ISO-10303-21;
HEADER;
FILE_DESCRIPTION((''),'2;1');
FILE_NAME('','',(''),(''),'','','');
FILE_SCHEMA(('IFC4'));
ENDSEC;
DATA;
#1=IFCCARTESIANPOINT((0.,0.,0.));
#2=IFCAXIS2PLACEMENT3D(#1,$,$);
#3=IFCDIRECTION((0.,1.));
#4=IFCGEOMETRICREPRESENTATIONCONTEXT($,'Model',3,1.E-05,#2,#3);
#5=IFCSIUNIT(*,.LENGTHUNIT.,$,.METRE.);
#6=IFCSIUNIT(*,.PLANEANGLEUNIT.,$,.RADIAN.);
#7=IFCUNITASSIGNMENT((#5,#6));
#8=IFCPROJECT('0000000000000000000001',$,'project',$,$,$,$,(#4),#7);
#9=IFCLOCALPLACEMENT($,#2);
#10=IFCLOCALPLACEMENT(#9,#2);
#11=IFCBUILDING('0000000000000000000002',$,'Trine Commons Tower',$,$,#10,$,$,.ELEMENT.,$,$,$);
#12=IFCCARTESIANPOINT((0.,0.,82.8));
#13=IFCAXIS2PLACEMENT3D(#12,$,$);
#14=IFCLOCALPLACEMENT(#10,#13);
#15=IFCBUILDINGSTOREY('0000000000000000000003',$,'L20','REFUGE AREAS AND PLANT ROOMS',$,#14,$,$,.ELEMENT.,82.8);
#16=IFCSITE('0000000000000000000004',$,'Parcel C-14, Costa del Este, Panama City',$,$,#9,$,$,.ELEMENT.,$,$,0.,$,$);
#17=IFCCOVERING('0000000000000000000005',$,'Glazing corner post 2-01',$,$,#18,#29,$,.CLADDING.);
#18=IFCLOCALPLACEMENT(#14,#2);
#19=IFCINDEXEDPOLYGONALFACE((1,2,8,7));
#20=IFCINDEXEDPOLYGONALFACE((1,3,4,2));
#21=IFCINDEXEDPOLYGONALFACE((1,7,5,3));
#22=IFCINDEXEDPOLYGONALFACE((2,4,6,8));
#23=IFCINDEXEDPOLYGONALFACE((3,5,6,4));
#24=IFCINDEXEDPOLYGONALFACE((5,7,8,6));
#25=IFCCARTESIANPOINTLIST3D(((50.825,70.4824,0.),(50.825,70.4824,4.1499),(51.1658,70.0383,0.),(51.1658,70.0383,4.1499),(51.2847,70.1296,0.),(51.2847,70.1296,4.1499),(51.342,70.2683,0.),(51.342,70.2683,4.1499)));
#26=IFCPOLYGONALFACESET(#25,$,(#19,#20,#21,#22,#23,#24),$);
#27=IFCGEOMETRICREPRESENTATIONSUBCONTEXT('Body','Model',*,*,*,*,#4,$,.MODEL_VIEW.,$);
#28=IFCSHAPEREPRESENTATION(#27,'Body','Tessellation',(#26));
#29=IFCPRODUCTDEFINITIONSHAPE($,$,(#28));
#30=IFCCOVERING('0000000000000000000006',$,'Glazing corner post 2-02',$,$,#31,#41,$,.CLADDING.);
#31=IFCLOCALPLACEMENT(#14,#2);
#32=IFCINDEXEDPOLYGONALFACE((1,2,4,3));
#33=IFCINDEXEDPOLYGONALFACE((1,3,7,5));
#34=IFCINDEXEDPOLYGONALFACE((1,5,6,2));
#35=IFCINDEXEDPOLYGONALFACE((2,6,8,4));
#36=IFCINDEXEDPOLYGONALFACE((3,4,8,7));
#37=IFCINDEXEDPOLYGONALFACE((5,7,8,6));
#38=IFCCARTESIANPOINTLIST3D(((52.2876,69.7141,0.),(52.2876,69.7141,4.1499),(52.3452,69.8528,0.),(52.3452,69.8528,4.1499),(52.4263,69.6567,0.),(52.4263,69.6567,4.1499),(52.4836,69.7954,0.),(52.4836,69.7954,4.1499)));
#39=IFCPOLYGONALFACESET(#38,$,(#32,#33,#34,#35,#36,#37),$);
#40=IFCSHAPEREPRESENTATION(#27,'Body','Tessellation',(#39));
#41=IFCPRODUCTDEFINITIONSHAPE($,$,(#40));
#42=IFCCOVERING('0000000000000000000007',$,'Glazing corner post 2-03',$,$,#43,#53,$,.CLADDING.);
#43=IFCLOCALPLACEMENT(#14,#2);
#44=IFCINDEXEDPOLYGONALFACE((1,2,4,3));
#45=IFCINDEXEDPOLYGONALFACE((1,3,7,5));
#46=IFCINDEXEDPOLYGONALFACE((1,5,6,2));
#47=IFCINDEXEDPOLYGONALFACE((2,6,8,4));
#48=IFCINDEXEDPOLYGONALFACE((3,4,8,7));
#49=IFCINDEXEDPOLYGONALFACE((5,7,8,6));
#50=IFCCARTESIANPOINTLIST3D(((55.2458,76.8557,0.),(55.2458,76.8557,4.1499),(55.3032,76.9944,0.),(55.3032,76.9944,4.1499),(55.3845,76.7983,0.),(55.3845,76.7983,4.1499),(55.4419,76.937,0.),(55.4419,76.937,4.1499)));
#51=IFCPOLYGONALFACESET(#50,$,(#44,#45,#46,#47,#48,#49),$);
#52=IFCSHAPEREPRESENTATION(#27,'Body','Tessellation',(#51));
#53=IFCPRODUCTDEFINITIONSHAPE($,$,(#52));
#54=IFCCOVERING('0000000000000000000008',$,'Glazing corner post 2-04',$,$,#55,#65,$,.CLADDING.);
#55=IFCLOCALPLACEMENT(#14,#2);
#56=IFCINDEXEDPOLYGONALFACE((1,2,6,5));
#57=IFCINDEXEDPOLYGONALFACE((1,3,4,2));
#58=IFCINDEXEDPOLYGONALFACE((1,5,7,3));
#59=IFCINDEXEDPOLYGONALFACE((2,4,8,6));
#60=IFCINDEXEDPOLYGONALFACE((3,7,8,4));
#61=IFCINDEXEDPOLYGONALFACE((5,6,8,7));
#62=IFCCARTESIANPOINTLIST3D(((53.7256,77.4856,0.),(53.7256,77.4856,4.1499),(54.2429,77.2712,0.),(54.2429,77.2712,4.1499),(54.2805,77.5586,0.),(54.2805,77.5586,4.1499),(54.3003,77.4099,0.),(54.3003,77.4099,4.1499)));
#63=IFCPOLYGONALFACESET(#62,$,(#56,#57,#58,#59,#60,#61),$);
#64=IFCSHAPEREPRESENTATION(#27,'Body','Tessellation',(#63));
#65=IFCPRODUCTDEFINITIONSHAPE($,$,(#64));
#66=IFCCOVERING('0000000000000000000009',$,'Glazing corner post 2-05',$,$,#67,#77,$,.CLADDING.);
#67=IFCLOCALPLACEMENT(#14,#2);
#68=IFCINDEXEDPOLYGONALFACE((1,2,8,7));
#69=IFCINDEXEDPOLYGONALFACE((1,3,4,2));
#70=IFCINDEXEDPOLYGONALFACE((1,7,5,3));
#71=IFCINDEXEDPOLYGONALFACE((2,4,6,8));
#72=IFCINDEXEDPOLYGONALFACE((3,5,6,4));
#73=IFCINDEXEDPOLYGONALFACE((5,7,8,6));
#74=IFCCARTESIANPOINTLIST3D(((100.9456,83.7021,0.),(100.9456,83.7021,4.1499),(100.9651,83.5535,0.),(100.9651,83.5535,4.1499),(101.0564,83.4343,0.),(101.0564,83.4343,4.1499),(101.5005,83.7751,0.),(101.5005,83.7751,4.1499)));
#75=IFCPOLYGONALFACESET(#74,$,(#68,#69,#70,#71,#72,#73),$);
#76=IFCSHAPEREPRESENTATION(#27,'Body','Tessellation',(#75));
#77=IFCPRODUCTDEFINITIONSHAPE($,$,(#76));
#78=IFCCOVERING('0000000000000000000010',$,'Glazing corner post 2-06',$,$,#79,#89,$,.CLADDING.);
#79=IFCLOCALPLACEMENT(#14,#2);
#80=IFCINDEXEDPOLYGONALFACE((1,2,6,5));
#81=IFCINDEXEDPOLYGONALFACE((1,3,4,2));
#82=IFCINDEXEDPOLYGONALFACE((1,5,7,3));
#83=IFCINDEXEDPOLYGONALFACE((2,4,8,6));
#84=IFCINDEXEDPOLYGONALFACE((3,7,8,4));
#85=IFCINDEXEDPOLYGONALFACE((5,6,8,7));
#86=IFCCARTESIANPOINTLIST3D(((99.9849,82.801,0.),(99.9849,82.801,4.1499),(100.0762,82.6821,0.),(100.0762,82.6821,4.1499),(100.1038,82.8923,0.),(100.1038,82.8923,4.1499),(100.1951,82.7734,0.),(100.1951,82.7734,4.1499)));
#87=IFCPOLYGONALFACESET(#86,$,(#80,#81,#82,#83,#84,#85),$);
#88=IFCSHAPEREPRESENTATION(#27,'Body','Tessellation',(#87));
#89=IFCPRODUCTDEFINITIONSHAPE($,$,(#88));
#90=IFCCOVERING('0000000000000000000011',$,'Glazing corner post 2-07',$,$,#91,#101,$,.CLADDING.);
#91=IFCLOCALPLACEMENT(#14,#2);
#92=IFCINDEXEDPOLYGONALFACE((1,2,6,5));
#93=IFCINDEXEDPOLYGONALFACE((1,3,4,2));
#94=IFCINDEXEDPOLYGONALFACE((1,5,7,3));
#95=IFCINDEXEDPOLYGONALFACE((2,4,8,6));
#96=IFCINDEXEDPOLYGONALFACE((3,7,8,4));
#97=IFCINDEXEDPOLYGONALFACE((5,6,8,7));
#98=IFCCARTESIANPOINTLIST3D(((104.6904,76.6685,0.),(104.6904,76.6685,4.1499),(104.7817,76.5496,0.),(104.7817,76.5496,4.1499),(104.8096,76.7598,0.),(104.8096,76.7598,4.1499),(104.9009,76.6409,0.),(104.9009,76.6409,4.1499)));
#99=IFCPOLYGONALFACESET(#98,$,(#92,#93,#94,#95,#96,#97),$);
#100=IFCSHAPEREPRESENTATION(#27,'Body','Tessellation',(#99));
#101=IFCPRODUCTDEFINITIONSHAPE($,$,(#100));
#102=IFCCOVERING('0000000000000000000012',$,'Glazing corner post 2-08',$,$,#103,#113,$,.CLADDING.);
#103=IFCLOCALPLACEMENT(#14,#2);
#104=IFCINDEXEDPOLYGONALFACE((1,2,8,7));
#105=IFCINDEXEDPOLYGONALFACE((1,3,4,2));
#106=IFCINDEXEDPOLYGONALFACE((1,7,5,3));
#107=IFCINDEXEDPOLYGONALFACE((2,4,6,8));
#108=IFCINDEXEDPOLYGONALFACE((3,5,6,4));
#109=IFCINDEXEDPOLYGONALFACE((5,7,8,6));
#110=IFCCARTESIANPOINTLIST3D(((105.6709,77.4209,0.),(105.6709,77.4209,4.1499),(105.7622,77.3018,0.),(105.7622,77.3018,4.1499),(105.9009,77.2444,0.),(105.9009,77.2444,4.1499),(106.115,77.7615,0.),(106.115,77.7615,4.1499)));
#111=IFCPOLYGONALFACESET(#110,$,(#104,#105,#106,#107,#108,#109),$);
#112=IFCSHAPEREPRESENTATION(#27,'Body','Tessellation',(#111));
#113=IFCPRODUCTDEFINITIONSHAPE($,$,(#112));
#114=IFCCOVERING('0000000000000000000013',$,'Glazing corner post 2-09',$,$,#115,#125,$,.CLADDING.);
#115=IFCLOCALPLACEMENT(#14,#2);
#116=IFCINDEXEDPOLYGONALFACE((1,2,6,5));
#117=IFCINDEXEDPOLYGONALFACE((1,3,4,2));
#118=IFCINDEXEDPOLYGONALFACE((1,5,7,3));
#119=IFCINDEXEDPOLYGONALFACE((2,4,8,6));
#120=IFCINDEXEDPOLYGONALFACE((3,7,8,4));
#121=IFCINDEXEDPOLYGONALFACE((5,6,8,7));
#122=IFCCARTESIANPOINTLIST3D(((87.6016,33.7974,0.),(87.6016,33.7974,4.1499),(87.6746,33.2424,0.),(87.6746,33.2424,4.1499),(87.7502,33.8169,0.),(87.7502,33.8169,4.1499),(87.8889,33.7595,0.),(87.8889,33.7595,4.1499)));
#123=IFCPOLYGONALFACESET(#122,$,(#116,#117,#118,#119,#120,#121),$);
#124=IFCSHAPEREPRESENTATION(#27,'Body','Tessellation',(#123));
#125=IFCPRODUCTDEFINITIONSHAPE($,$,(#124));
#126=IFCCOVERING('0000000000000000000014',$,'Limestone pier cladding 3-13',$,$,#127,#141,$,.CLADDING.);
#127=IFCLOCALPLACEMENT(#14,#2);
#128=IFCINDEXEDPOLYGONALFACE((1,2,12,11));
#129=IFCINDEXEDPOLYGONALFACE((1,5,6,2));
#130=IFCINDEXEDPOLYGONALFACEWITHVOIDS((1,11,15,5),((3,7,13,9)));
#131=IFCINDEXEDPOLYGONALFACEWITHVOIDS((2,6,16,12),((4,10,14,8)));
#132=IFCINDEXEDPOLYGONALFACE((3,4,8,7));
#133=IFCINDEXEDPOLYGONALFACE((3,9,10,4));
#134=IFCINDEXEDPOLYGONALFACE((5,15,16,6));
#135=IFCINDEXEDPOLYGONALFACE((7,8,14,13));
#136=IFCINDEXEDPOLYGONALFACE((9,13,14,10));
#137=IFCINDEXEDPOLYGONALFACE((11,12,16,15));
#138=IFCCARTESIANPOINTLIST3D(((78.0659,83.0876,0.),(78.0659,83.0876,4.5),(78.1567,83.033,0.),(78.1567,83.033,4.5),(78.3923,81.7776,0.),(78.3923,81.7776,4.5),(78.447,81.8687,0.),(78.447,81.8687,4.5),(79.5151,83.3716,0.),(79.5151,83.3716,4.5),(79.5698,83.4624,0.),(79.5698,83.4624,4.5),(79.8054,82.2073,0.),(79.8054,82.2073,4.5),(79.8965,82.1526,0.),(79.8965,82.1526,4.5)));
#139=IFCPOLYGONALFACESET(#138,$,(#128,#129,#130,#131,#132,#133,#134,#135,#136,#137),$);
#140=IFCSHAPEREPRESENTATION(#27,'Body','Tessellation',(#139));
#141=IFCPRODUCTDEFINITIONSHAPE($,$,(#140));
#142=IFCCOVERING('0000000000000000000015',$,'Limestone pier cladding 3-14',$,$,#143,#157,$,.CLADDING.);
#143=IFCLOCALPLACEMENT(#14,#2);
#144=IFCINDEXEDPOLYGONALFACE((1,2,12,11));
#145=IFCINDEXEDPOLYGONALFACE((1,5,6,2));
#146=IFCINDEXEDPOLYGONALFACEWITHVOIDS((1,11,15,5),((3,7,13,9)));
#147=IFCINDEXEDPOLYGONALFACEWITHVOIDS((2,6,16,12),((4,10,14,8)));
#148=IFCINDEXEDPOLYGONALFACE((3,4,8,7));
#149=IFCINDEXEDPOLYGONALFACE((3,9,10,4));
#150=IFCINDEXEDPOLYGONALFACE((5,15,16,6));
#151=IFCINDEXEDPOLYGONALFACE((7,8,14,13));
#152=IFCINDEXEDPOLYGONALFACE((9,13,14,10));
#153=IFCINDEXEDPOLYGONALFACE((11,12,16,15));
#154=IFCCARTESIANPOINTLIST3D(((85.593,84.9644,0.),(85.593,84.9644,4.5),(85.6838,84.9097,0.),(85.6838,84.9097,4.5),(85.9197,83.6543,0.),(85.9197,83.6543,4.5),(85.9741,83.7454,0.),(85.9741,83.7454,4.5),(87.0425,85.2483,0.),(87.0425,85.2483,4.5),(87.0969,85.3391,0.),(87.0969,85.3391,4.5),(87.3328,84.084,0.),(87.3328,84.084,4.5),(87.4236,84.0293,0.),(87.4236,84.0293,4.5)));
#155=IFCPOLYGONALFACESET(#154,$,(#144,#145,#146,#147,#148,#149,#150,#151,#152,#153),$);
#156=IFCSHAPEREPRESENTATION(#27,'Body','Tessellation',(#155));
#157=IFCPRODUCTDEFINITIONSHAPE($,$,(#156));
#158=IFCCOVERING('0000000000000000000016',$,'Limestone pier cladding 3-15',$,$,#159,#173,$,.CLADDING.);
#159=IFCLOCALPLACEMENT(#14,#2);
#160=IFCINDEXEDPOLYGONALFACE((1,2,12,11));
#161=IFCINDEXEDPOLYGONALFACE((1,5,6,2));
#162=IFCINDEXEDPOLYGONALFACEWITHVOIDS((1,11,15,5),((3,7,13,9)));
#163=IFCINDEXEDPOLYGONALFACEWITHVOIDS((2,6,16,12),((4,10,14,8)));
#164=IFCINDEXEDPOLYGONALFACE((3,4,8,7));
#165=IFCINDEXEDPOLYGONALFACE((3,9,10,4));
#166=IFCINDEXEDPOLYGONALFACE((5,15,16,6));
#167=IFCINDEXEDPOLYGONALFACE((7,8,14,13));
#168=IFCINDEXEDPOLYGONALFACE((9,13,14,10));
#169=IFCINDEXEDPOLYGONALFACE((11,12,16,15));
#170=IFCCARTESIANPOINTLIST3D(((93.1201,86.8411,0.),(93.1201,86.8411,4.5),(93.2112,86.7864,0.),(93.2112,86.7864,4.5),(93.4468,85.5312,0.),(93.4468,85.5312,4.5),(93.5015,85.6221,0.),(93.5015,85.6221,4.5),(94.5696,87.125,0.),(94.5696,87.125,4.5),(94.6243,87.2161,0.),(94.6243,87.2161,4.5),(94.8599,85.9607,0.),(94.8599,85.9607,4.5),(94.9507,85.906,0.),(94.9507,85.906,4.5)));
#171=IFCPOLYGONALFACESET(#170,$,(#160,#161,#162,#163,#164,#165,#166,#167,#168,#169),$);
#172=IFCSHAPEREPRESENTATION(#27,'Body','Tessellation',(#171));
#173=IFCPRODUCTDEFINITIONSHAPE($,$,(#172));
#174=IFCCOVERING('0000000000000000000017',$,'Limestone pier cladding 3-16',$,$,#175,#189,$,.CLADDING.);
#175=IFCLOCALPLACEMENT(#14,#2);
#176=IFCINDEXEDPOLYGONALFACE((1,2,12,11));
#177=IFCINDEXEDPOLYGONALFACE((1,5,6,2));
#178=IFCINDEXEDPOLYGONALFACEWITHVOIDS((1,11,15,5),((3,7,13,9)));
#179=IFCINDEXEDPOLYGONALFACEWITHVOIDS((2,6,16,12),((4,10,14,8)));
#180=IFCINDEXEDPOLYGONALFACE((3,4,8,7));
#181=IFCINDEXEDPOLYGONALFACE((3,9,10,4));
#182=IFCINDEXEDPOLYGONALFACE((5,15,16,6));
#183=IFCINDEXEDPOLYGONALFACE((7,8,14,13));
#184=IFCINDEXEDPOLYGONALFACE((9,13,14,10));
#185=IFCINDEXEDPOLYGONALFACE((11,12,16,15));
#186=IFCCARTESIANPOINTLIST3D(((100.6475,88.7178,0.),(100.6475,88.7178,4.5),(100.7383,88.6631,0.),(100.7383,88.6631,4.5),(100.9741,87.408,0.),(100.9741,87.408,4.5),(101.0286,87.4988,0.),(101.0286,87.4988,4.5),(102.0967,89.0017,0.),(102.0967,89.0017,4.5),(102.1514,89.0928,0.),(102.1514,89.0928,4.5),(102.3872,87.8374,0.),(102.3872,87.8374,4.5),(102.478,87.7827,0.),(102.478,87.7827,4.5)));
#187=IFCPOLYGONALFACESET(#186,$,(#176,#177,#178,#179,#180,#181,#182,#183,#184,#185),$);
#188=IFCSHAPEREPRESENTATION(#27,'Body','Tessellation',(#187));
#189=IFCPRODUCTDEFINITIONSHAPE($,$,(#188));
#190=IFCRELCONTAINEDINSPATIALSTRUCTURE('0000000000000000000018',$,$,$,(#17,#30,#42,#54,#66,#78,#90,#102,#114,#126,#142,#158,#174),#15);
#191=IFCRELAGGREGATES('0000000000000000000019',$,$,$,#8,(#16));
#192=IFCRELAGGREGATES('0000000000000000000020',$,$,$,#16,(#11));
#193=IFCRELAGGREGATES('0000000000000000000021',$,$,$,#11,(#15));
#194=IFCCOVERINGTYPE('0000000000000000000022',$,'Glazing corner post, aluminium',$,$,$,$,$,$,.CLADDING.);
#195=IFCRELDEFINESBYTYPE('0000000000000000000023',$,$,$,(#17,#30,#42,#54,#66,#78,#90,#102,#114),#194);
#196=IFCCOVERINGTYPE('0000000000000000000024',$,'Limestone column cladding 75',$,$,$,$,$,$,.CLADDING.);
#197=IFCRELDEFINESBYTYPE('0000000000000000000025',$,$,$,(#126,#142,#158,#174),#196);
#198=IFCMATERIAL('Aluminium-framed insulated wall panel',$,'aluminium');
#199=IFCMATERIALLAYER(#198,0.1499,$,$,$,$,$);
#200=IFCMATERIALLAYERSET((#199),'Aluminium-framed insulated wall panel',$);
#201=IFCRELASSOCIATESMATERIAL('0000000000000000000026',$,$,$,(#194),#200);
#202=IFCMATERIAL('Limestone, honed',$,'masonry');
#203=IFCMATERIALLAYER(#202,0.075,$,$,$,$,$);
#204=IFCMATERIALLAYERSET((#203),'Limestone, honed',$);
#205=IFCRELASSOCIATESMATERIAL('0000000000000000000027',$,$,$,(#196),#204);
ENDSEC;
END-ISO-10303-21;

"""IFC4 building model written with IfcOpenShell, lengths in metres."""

from ifc_helpers import new_model, si_unit, direction, frame, origin, place, context, subcontext, project, spatial, polyline, outline, extrude, material, layer, layer_set, type_object, element, save


model = new_model("IFC4")

# Units and contexts
model_context = context("Model", 3, precision=1e-05, world=origin(), true_north=direction((0.0, 1.0)))
body_context = subcontext(model_context, "Body", "Model", "MODEL_VIEW")
ifc_project = project(units=[si_unit("LENGTHUNIT", "METRE"), si_unit("PLANEANGLEUNIT", "RADIAN")], contexts=[model_context])

# Site, building, storey
site_placement = place(None, origin())
site = spatial("IfcSite", under=ifc_project, at=site_placement, Name="Parcel C-14, Costa del Este, Panama City", CompositionType="ELEMENT", RefElevation=0.0)
building_placement = place(site_placement, origin())
building = spatial("IfcBuilding", under=site, at=building_placement, Name="Trine Commons Tower", CompositionType="ELEMENT")
storey_placement = place(building_placement, frame((0.0, 0.0, 82.8)))
storey = spatial("IfcBuildingStorey", under=building, at=storey_placement, Name="L20", Description="REFUGE AREAS AND PLANT ROOMS", CompositionType="ELEMENT", Elevation=82.8)

# Coverings
ifc_material_1 = material(Name="Aluminium-framed insulated wall panel", Category="aluminium")
ifc_layer_1 = layer(ifc_material_1, 0.1499)
ifc_layer_set_1 = layer_set([ifc_layer_1], Name="Aluminium-framed insulated wall panel")
covering_type_1 = type_object("IfcCoveringType", Name="Glazing corner post, aluminium", PredefinedType="CLADDING", material=ifc_layer_set_1)
covering_1_placement = place(storey_placement, origin())
element("IfcCovering", 1, at=covering_1_placement, inside=storey, type_object=covering_type_1, Name="Glazing corner post 2-01", PredefinedType="CLADDING", context=body_context, shape_type="SweptSolid", body=[
    extrude(outline(polyline([(51.1658, 70.0383), (51.2847, 70.1296), (51.342, 70.2683), (50.825, 70.4824), (51.1658, 70.0383)])), origin(), (0.0, 0.0, 1.0), 4.1499),
])
covering_2_placement = place(storey_placement, origin())
element("IfcCovering", 2, at=covering_2_placement, inside=storey, type_object=covering_type_1, Name="Glazing corner post 2-02", PredefinedType="CLADDING", context=body_context, shape_type="SweptSolid", body=[
    extrude(outline(polyline([(52.2876, 69.7141), (52.4263, 69.6567), (52.4836, 69.7954), (52.3452, 69.8528), (52.2876, 69.7141)])), origin(), (0.0, 0.0, 1.0), 4.1499),
])
covering_3_placement = place(storey_placement, origin())
element("IfcCovering", 3, at=covering_3_placement, inside=storey, type_object=covering_type_1, Name="Glazing corner post 2-03", PredefinedType="CLADDING", context=body_context, shape_type="SweptSolid", body=[
    extrude(outline(polyline([(55.3845, 76.7983), (55.4419, 76.937), (55.3032, 76.9944), (55.2458, 76.8557), (55.3845, 76.7983)])), origin(), (0.0, 0.0, 1.0), 4.1499),
])
covering_4_placement = place(storey_placement, origin())
element("IfcCovering", 4, at=covering_4_placement, inside=storey, type_object=covering_type_1, Name="Glazing corner post 2-04", PredefinedType="CLADDING", context=body_context, shape_type="SweptSolid", body=[
    extrude(outline(polyline([(54.2429, 77.2712), (54.3003, 77.4099), (54.2805, 77.5586), (53.7256, 77.4856), (54.2429, 77.2712)])), origin(), (0.0, 0.0, 1.0), 4.1499),
])
covering_5_placement = place(storey_placement, origin())
element("IfcCovering", 5, at=covering_5_placement, inside=storey, type_object=covering_type_1, Name="Glazing corner post 2-05", PredefinedType="CLADDING", context=body_context, shape_type="SweptSolid", body=[
    extrude(outline(polyline([(101.0564, 83.4343), (101.5005, 83.7751), (100.9456, 83.7021), (100.9651, 83.5535), (101.0564, 83.4343)])), origin(), (0.0, 0.0, 1.0), 4.1499),
])
covering_6_placement = place(storey_placement, origin())
element("IfcCovering", 6, at=covering_6_placement, inside=storey, type_object=covering_type_1, Name="Glazing corner post 2-06", PredefinedType="CLADDING", context=body_context, shape_type="SweptSolid", body=[
    extrude(outline(polyline([(100.0762, 82.6821), (100.1951, 82.7734), (100.1038, 82.8923), (99.9849, 82.801), (100.0762, 82.6821)])), origin(), (0.0, 0.0, 1.0), 4.1499),
])
covering_7_placement = place(storey_placement, origin())
element("IfcCovering", 7, at=covering_7_placement, inside=storey, type_object=covering_type_1, Name="Glazing corner post 2-07", PredefinedType="CLADDING", context=body_context, shape_type="SweptSolid", body=[
    extrude(outline(polyline([(104.6904, 76.6685), (104.7817, 76.5496), (104.9009, 76.6409), (104.8096, 76.7598), (104.6904, 76.6685)])), origin(), (0.0, 0.0, 1.0), 4.1499),
])
covering_8_placement = place(storey_placement, origin())
element("IfcCovering", 8, at=covering_8_placement, inside=storey, type_object=covering_type_1, Name="Glazing corner post 2-08", PredefinedType="CLADDING", context=body_context, shape_type="SweptSolid", body=[
    extrude(outline(polyline([(105.9009, 77.2444), (106.115, 77.7615), (105.6709, 77.4209), (105.7622, 77.3018), (105.9009, 77.2444)])), origin(), (0.0, 0.0, 1.0), 4.1499),
])
covering_9_placement = place(storey_placement, origin())
element("IfcCovering", 9, at=covering_9_placement, inside=storey, type_object=covering_type_1, Name="Glazing corner post 2-09", PredefinedType="CLADDING", context=body_context, shape_type="SweptSolid", body=[
    extrude(outline(polyline([(87.6016, 33.7974), (87.6746, 33.2424), (87.8889, 33.7595), (87.7502, 33.8169), (87.6016, 33.7974)])), origin(), (0.0, 0.0, 1.0), 4.1499),
])
ifc_material_2 = material(Name="Limestone, honed", Category="masonry")
ifc_layer_2 = layer(ifc_material_2, 0.075)
ifc_layer_set_2 = layer_set([ifc_layer_2], Name="Limestone, honed")
covering_type_2 = type_object("IfcCoveringType", Name="Limestone column cladding 75", PredefinedType="CLADDING", material=ifc_layer_set_2)
covering_10_placement = place(storey_placement, origin())
element("IfcCovering", 10, at=covering_10_placement, inside=storey, type_object=covering_type_2, Name="Limestone pier cladding 3-13", PredefinedType="CLADDING", context=body_context, shape_type="SweptSolid", body=[
    extrude(outline(polyline([(79.8965, 82.1526), (79.5698, 83.4624), (78.0659, 83.0876), (78.3923, 81.7776), (79.8965, 82.1526)]), holes=[polyline([(79.8054, 82.2073), (79.5151, 83.3716), (78.1567, 83.033), (78.447, 81.8687), (79.8054, 82.2073)])]), origin(), (0.0, 0.0, 1.0), 4.5),
])
covering_11_placement = place(storey_placement, origin())
element("IfcCovering", 11, at=covering_11_placement, inside=storey, type_object=covering_type_2, Name="Limestone pier cladding 3-14", PredefinedType="CLADDING", context=body_context, shape_type="SweptSolid", body=[
    extrude(outline(polyline([(87.4236, 84.0293), (87.0969, 85.3391), (85.593, 84.9644), (85.9197, 83.6543), (87.4236, 84.0293)]), holes=[polyline([(87.3328, 84.084), (87.0425, 85.2483), (85.6838, 84.9097), (85.9741, 83.7454), (87.3328, 84.084)])]), origin(), (0.0, 0.0, 1.0), 4.5),
])
covering_12_placement = place(storey_placement, origin())
element("IfcCovering", 12, at=covering_12_placement, inside=storey, type_object=covering_type_2, Name="Limestone pier cladding 3-15", PredefinedType="CLADDING", context=body_context, shape_type="SweptSolid", body=[
    extrude(outline(polyline([(94.9507, 85.906), (94.6243, 87.2161), (93.1201, 86.8411), (93.4468, 85.5312), (94.9507, 85.906)]), holes=[polyline([(94.8599, 85.9607), (94.5696, 87.125), (93.2112, 86.7864), (93.5015, 85.6221), (94.8599, 85.9607)])]), origin(), (0.0, 0.0, 1.0), 4.5),
])
covering_13_placement = place(storey_placement, origin())
element("IfcCovering", 13, at=covering_13_placement, inside=storey, type_object=covering_type_2, Name="Limestone pier cladding 3-16", PredefinedType="CLADDING", context=body_context, shape_type="SweptSolid", body=[
    extrude(outline(polyline([(102.478, 87.7827), (102.1514, 89.0928), (100.6475, 88.7178), (100.9741, 87.408), (102.478, 87.7827)]), holes=[polyline([(102.3872, 87.8374), (102.0967, 89.0017), (100.7383, 88.6631), (101.0286, 87.4988), (102.3872, 87.8374)])]), origin(), (0.0, 0.0, 1.0), 4.5),
])

save(model, "model.ifc")
